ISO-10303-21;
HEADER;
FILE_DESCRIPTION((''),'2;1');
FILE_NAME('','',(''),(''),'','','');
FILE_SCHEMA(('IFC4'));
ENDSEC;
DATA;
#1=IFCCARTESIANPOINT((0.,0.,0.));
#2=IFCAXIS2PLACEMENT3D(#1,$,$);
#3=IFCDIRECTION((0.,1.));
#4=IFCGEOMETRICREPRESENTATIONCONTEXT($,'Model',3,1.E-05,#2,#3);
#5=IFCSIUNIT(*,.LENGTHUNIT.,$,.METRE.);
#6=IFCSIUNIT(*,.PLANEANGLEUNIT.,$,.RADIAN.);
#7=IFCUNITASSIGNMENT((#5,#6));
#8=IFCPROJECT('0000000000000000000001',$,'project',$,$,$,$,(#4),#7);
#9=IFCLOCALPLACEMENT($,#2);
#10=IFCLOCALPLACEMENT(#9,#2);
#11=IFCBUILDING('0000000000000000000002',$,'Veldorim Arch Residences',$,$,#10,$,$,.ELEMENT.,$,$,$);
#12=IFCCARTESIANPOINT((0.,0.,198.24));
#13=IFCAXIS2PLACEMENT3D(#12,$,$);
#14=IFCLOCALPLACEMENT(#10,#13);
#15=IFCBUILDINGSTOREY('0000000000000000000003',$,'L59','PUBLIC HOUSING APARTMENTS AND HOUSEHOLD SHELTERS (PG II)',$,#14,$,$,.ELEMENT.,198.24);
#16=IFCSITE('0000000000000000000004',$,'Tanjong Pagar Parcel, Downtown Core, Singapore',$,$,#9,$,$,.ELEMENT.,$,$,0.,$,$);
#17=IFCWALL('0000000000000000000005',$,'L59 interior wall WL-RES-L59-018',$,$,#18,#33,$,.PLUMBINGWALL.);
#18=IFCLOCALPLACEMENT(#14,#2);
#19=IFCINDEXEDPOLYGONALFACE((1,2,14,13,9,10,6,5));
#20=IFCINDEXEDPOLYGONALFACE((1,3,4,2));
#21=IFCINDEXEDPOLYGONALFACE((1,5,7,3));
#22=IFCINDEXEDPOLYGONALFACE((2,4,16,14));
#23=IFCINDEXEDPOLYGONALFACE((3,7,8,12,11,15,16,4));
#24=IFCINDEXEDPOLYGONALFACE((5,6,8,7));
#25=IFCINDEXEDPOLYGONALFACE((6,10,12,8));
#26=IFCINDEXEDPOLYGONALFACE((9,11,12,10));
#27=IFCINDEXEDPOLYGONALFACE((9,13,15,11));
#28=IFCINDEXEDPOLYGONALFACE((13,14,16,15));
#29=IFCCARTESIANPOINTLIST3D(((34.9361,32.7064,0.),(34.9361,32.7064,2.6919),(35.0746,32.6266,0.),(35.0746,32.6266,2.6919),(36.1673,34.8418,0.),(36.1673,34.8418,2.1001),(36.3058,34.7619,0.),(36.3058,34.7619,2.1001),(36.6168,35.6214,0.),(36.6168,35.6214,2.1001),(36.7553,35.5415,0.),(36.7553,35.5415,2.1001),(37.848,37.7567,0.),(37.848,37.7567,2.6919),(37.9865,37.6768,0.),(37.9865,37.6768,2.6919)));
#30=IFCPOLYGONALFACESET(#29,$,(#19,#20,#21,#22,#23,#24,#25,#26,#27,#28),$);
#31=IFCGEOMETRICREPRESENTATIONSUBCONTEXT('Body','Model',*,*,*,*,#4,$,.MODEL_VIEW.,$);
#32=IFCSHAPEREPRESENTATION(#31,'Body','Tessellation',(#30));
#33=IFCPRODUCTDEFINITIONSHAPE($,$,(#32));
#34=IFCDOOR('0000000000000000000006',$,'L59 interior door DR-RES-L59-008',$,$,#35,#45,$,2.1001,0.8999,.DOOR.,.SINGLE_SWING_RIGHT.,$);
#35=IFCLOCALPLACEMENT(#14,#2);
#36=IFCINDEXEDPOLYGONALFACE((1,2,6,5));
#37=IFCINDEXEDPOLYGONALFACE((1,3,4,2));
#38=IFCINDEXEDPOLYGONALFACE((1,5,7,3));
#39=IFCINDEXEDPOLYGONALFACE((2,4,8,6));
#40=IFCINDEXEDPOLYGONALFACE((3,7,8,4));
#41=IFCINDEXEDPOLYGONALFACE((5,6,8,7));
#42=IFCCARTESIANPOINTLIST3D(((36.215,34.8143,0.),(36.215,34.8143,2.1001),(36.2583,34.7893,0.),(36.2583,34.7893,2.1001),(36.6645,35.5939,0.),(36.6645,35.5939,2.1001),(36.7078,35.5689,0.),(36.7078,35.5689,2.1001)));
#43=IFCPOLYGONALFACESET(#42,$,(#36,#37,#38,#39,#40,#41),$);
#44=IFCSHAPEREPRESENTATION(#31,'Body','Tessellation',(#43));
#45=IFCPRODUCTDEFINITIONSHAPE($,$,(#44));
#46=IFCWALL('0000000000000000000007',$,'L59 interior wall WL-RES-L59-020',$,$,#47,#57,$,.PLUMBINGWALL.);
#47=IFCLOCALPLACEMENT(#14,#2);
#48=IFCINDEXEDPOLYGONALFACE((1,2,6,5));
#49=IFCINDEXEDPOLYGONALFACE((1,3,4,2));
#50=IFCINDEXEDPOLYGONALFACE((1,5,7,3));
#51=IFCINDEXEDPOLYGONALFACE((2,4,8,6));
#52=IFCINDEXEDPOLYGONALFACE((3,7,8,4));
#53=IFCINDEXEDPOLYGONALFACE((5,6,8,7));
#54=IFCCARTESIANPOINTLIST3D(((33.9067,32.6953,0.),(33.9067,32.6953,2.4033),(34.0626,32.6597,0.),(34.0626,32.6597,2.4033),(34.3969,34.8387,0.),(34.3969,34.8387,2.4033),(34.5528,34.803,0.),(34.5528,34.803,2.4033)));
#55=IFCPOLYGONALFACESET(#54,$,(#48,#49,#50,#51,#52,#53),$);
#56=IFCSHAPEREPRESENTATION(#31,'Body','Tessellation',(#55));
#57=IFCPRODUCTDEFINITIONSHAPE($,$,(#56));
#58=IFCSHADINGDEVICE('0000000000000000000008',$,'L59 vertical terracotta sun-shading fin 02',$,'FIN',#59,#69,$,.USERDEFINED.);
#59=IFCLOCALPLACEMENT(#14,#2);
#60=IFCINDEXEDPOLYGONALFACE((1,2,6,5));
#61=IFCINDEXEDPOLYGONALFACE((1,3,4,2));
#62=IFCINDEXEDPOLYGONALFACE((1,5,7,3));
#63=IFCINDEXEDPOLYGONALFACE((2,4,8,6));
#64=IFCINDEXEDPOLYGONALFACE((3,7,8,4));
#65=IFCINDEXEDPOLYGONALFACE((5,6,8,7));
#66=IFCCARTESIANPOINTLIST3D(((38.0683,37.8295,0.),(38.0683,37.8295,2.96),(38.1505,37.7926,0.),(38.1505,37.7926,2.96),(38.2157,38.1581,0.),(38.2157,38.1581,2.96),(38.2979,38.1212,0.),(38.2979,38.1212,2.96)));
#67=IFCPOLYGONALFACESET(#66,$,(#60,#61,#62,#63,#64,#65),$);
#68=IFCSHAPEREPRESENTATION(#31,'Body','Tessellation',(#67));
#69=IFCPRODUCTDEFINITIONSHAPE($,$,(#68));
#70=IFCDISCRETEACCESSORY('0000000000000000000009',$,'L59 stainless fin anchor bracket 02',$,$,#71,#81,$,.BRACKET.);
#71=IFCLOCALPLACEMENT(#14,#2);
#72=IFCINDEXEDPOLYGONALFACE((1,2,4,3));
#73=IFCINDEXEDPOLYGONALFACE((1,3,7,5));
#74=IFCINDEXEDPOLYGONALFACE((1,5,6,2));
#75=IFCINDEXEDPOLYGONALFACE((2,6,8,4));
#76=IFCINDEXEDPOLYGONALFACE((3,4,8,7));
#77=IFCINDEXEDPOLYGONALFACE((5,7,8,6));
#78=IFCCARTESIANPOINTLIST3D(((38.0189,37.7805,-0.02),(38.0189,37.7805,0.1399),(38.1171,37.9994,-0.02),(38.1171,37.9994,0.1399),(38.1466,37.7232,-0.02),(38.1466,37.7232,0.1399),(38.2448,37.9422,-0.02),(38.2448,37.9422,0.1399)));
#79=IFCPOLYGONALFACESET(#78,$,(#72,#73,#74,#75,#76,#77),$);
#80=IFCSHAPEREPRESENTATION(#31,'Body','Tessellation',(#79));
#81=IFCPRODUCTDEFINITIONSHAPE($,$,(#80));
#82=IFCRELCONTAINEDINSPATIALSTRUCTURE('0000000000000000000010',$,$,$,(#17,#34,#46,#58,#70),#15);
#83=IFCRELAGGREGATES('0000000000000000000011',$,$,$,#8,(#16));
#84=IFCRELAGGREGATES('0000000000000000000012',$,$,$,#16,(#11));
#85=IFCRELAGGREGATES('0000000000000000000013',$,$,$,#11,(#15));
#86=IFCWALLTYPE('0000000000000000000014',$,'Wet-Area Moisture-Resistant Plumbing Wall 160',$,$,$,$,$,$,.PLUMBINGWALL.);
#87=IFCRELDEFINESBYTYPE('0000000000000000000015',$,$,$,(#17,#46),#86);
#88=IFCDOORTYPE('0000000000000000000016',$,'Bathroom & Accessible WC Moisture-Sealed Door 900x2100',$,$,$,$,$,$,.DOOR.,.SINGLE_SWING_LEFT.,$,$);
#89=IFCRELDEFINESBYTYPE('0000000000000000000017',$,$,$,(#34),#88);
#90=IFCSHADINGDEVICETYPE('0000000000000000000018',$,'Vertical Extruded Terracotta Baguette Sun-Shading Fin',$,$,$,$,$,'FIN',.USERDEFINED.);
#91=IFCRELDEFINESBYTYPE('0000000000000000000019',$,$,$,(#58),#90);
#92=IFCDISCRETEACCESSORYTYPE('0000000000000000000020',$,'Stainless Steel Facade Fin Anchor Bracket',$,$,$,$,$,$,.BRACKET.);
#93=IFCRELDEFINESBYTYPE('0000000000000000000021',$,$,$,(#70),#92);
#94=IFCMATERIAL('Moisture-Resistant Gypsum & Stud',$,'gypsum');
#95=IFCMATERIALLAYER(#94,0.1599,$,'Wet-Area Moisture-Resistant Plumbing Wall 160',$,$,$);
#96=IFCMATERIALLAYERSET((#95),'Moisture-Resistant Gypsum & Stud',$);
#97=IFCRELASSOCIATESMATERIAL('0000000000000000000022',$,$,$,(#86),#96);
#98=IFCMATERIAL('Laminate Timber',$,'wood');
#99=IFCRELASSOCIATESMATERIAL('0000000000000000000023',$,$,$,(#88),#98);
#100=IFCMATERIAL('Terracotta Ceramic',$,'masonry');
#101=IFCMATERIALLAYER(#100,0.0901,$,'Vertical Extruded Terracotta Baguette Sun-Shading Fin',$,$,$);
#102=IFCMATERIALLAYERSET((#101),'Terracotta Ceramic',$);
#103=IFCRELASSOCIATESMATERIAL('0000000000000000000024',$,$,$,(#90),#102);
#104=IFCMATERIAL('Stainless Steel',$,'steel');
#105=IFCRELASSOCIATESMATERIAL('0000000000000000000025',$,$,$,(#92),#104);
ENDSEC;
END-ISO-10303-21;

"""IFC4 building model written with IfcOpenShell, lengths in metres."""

from ifc_helpers import new_model, si_unit, direction, frame, frame_2d, origin, origin_2d, place, context, subcontext, project, spatial, rectangle, extrude, material, layer, layer_set, type_object, element, fill, save


model = new_model("IFC4")

# Units and contexts
model_context = context("Model", 3, precision=1e-05, world=origin(), true_north=direction((0.0, 1.0)))
body_context = subcontext(model_context, "Body", "Model", "MODEL_VIEW")
ifc_project = project(units=[si_unit("LENGTHUNIT", "METRE"), si_unit("PLANEANGLEUNIT", "RADIAN")], contexts=[model_context])

# Site, building, storey
site_placement = place(None, origin())
site = spatial("IfcSite", under=ifc_project, at=site_placement, Name="Tanjong Pagar Parcel, Downtown Core, Singapore", CompositionType="ELEMENT", RefElevation=0.0)
building_placement = place(site_placement, origin())
building = spatial("IfcBuilding", under=site, at=building_placement, Name="Veldorim Arch Residences", CompositionType="ELEMENT")
storey_placement = place(building_placement, frame((0.0, 0.0, 198.24)))
storey = spatial("IfcBuildingStorey", under=building, at=storey_placement, Name="L59", Description="PUBLIC HOUSING APARTMENTS AND HOUSEHOLD SHELTERS (PG II)", CompositionType="ELEMENT", Elevation=198.24)

# Wall, opening, door
ifc_material_1 = material(Name="Moisture-Resistant Gypsum & Stud", Category="gypsum")
ifc_layer_1 = layer(ifc_material_1, 0.1599, Name="Wet-Area Moisture-Resistant Plumbing Wall 160")
ifc_layer_set_1 = layer_set([ifc_layer_1], Name="Moisture-Resistant Gypsum & Stud")
wall_type_1 = type_object("IfcWallType", Name="Wet-Area Moisture-Resistant Plumbing Wall 160", PredefinedType="PLUMBINGWALL", material=ifc_layer_set_1)
wall_1_placement = place(storey_placement, frame((35.0054, 32.6665, 0.0), z_axis=(0.0, 0.0, 1.0), x_axis=(0.499495, 0.866317, 0.0)))
wall_1 = element("IfcWall", 1, at=wall_1_placement, inside=storey, type_object=wall_type_1, Name="L59 interior wall WL-RES-L59-018", PredefinedType="PLUMBINGWALL", context=body_context, shape_type="SweptSolid", body=[
    extrude(rectangle(XDim=5.8296, YDim=0.1599, at=frame_2d((2.9148, 0.0))), origin(), (0.0, 0.0, 1.0), 2.6919),
])
opening_1_placement = place(wall_1_placement, frame((2.4648, 0.0, 0.0)))
opening_1 = element("IfcOpeningElement", 2, at=opening_1_placement, cuts=wall_1, PredefinedType="OPENING", context=body_context, shape_type="SweptSolid", body=[
    extrude(rectangle(XDim=0.8999, YDim=2.1001, at=frame_2d((0.45, 1.05))), frame((0.0, 0.0898, 0.0), z_axis=(0.0, -1.0, 0.0), x_axis=(1.0, 0.0, 0.0)), (0.0, 0.0, 1.0), 0.1799),
])
ifc_material_2 = material(Name="Laminate Timber", Category="wood")
door_type_1 = type_object("IfcDoorType", Name="Bathroom & Accessible WC Moisture-Sealed Door 900x2100", OperationType="SINGLE_SWING_LEFT", PredefinedType="DOOR", material=ifc_material_2)
door_1_placement = place(opening_1_placement, origin())
door_1 = element("IfcDoor", 3, at=door_1_placement, inside=storey, type_object=door_type_1, Name="L59 interior door DR-RES-L59-008", OperationType="SINGLE_SWING_RIGHT", OverallHeight=2.1001, OverallWidth=0.8999, PredefinedType="DOOR", context=body_context, shape_type="SweptSolid", body=[
    extrude(rectangle(XDim=0.8999, YDim=2.1001, at=frame_2d((0.45, 1.05))), frame((0.0, 0.0249, 0.0), z_axis=(0.0, -1.0, 0.0), x_axis=(1.0, 0.0, 0.0)), (0.0, 0.0, 1.0), 0.05),
])
fill(opening_1, door_1)

# Wall
wall_2_placement = place(storey_placement, frame((33.9846, 32.6775, 0.0), z_axis=(0.0, 0.0, 1.0), x_axis=(0.22297, 0.974825, 0.0)))
element("IfcWall", 4, at=wall_2_placement, inside=storey, type_object=wall_type_1, Name="L59 interior wall WL-RES-L59-020", PredefinedType="PLUMBINGWALL", context=body_context, shape_type="SweptSolid", body=[
    extrude(rectangle(XDim=2.1987, YDim=0.1599, at=frame_2d((1.0994, 0.0))), origin(), (0.0, 0.0, 1.0), 2.4033),
])

# Shading device
ifc_material_3 = material(Name="Terracotta Ceramic", Category="masonry")
ifc_layer_2 = layer(ifc_material_3, 0.0901, Name="Vertical Extruded Terracotta Baguette Sun-Shading Fin")
ifc_layer_set_2 = layer_set([ifc_layer_2], Name="Terracotta Ceramic")
shading_device_type = type_object("IfcShadingDeviceType", Name="Vertical Extruded Terracotta Baguette Sun-Shading Fin", ElementType="FIN", PredefinedType="USERDEFINED", material=ifc_layer_set_2)
shading_device_placement = place(storey_placement, frame((38.1831, 37.9753, 0.0), z_axis=(0.0, 0.0, 1.0), x_axis=(0.912477, -0.409127, 0.0)))
element("IfcShadingDevice", 5, at=shading_device_placement, inside=storey, type_object=shading_device_type, Name="L59 vertical terracotta sun-shading fin 02", ObjectType="FIN", PredefinedType="USERDEFINED", context=body_context, shape_type="SweptSolid", body=[
    extrude(rectangle(XDim=0.0901, YDim=0.3601, at=origin_2d()), origin(), (0.0, 0.0, 1.0), 2.96),
])

# Discrete accessory
ifc_material_4 = material(Name="Stainless Steel", Category="steel")
discrete_accessory_type = type_object("IfcDiscreteAccessoryType", Name="Stainless Steel Facade Fin Anchor Bracket", PredefinedType="BRACKET", material=ifc_material_4)
discrete_accessory_placement = place(storey_placement, frame((38.1318, 37.8613, -0.02), z_axis=(0.0, 0.0, 1.0), x_axis=(0.912477, -0.409127, 0.0)))
element("IfcDiscreteAccessory", 6, at=discrete_accessory_placement, inside=storey, type_object=discrete_accessory_type, Name="L59 stainless fin anchor bracket 02", PredefinedType="BRACKET", context=body_context, shape_type="SweptSolid", body=[
    extrude(rectangle(XDim=0.1399, YDim=0.24, at=origin_2d()), origin(), (0.0, 0.0, 1.0), 0.1599),
])

save(model, "model.ifc")
